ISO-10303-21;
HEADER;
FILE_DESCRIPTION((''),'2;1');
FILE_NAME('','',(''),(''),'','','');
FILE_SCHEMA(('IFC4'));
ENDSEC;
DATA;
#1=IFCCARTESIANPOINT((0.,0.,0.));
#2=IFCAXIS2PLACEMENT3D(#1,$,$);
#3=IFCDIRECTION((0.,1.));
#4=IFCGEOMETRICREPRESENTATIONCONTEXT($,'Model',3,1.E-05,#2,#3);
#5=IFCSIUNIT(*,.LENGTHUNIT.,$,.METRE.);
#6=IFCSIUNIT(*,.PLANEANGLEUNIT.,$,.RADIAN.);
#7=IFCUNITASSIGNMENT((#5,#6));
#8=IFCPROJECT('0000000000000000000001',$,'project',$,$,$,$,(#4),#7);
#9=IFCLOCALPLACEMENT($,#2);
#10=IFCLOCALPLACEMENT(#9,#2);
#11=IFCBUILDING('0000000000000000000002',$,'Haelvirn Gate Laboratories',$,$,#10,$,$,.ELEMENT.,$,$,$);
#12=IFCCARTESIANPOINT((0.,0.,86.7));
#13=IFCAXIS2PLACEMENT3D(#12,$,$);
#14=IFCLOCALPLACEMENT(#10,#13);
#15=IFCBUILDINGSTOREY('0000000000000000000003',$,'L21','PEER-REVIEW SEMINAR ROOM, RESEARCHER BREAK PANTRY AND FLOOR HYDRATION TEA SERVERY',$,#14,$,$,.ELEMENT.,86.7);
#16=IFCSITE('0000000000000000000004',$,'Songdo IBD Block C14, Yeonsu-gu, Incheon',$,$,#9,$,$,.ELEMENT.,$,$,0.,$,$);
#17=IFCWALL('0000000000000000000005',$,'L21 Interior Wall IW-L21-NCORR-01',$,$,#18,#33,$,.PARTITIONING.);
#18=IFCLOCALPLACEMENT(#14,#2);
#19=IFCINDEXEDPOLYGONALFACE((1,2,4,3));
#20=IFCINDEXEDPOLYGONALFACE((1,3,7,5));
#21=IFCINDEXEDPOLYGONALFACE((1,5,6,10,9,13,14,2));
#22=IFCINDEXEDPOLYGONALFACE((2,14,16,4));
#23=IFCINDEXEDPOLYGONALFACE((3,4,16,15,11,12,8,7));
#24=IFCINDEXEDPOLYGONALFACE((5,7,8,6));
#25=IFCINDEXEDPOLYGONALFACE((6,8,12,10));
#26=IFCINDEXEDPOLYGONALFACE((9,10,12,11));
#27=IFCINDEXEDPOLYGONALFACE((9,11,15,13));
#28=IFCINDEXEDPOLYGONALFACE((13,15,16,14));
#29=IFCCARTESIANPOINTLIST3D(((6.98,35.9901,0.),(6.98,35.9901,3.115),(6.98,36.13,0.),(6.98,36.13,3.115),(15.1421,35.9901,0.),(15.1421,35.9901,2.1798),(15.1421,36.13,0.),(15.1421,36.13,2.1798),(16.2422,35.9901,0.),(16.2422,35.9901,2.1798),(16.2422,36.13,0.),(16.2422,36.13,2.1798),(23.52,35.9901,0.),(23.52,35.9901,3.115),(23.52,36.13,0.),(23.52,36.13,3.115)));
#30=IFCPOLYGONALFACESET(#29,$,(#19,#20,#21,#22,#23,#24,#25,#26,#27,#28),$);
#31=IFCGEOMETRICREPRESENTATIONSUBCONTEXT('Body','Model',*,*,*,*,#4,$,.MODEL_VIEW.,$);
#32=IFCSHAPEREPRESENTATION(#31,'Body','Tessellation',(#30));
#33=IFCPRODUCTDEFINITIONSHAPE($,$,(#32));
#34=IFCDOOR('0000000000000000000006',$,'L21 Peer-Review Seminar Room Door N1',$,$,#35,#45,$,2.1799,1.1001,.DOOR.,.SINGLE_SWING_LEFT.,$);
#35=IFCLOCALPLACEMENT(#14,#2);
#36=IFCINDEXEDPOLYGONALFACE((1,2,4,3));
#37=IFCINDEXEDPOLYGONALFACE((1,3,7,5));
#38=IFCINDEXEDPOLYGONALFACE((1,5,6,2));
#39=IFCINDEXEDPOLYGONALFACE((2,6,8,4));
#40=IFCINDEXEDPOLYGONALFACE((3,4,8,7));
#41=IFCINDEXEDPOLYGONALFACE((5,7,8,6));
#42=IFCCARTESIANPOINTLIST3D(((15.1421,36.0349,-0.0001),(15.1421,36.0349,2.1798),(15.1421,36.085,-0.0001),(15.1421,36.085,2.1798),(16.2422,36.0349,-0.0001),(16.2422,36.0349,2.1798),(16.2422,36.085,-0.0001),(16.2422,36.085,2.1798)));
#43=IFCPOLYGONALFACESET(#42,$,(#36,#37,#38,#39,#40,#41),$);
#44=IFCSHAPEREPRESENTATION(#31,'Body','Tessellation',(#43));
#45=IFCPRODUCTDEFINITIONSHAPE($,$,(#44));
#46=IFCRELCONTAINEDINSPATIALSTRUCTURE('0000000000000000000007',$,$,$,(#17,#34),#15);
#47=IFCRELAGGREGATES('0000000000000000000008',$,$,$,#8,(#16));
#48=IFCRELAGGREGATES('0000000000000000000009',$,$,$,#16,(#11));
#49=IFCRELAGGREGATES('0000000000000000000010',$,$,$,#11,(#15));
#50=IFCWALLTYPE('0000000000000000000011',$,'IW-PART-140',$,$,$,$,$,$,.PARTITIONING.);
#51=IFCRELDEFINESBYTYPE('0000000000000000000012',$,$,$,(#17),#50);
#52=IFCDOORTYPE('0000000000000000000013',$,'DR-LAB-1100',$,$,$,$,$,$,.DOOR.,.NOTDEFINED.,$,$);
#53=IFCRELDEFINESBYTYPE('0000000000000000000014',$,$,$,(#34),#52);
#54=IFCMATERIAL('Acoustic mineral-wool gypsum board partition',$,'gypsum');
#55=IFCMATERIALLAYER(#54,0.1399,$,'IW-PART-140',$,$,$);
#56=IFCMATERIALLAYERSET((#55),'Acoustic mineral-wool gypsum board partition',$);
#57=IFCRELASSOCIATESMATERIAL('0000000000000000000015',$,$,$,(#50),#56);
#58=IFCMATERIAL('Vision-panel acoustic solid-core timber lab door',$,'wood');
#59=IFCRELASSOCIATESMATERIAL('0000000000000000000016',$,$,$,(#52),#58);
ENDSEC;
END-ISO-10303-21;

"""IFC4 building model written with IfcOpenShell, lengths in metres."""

from ifc_helpers import new_model, si_unit, direction, frame, frame_2d, origin, place, context, subcontext, project, spatial, rectangle, extrude, source, transform, mapped, material, layer, layer_set, type_object, type_shapes, element, fill, save


model = new_model("IFC4")

# Units and contexts
model_context = context("Model", 3, precision=1e-05, world=origin(), true_north=direction((0.0, 1.0)))
body_context = subcontext(model_context, "Body", "Model", "MODEL_VIEW")
ifc_project = project(units=[si_unit("LENGTHUNIT", "METRE"), si_unit("PLANEANGLEUNIT", "RADIAN")], contexts=[model_context])

# Site, building, storey
site_placement = place(None, origin())
site = spatial("IfcSite", under=ifc_project, at=site_placement, Name="Songdo IBD Block C14, Yeonsu-gu, Incheon", CompositionType="ELEMENT", RefElevation=0.0)
building_placement = place(site_placement, origin())
building = spatial("IfcBuilding", under=site, at=building_placement, Name="Haelvirn Gate Laboratories", CompositionType="ELEMENT")
storey_placement = place(building_placement, frame((0.0, 0.0, 86.7)))
storey = spatial("IfcBuildingStorey", under=building, at=storey_placement, Name="L21", Description="PEER-REVIEW SEMINAR ROOM, RESEARCHER BREAK PANTRY AND FLOOR HYDRATION TEA SERVERY", CompositionType="ELEMENT", Elevation=86.7)

# Wall, opening, door
ifc_material_1 = material(Name="Acoustic mineral-wool gypsum board partition", Category="gypsum")
ifc_layer_1 = layer(ifc_material_1, 0.1399, Name="IW-PART-140")
ifc_layer_set_1 = layer_set([ifc_layer_1], Name="Acoustic mineral-wool gypsum board partition")
wall_type_1 = type_object("IfcWallType", Name="IW-PART-140", PredefinedType="PARTITIONING", material=ifc_layer_set_1)
wall_1_placement = place(storey_placement, frame((6.98, 36.0601, 0.0), z_axis=(0.0, 0.0, 1.0), x_axis=(1.0, 0.0, 0.0)))
wall_1 = element("IfcWall", 1, at=wall_1_placement, inside=storey, type_object=wall_type_1, Name="L21 Interior Wall IW-L21-NCORR-01", PredefinedType="PARTITIONING", context=body_context, shape_type="SweptSolid", body=[
    extrude(rectangle(XDim=16.54, YDim=0.1399, at=frame_2d((8.27, 0.0))), origin(), (0.0, 0.0, 1.0), 3.115),
])
opening_1_placement = place(wall_1_placement, frame((8.1621, 0.0, 0.0)))
opening_1 = element("IfcOpeningElement", 2, at=opening_1_placement, cuts=wall_1, PredefinedType="OPENING", context=body_context, shape_type="SweptSolid", body=[
    extrude(rectangle(XDim=1.1001, YDim=2.1799, at=frame_2d((0.55, 1.0898))), frame((0.0, 0.0801, 0.0), z_axis=(0.0, -1.0, 0.0), x_axis=(1.0, 0.0, 0.0)), (0.0, 0.0, 1.0), 0.1599),
])
ifc_material_2 = material(Name="Vision-panel acoustic solid-core timber lab door", Category="wood")
door_type_1 = type_object("IfcDoorType", Name="DR-LAB-1100", OperationType="NOTDEFINED", PredefinedType="DOOR", material=ifc_material_2)
shared_shape_1 = source(origin(), body_context, "Body", "SweptSolid", [
    extrude(rectangle(XDim=1.1001, YDim=2.1799, at=frame_2d((0.55, 1.0898))), frame((0.0, 0.0249, 0.0), z_axis=(0.0, -1.0, 0.0), x_axis=(1.0, 0.0, 0.0)), (0.0, 0.0, 1.0), 0.05),
])
type_shapes(door_type_1, [shared_shape_1])
door_1_placement = place(opening_1_placement, origin())
door_1 = element("IfcDoor", 3, at=door_1_placement, inside=storey, type_object=door_type_1, Name="L21 Peer-Review Seminar Room Door N1", OperationType="SINGLE_SWING_LEFT", OverallHeight=2.1799, OverallWidth=1.1001, PredefinedType="DOOR", context=body_context, shape_type="MappedRepresentation", body=[
    mapped(shared_shape_1, transform((0.0, 0.0, 0.0), scale=1.0)),
])
fill(opening_1, door_1)

save(model, "model.ifc")
